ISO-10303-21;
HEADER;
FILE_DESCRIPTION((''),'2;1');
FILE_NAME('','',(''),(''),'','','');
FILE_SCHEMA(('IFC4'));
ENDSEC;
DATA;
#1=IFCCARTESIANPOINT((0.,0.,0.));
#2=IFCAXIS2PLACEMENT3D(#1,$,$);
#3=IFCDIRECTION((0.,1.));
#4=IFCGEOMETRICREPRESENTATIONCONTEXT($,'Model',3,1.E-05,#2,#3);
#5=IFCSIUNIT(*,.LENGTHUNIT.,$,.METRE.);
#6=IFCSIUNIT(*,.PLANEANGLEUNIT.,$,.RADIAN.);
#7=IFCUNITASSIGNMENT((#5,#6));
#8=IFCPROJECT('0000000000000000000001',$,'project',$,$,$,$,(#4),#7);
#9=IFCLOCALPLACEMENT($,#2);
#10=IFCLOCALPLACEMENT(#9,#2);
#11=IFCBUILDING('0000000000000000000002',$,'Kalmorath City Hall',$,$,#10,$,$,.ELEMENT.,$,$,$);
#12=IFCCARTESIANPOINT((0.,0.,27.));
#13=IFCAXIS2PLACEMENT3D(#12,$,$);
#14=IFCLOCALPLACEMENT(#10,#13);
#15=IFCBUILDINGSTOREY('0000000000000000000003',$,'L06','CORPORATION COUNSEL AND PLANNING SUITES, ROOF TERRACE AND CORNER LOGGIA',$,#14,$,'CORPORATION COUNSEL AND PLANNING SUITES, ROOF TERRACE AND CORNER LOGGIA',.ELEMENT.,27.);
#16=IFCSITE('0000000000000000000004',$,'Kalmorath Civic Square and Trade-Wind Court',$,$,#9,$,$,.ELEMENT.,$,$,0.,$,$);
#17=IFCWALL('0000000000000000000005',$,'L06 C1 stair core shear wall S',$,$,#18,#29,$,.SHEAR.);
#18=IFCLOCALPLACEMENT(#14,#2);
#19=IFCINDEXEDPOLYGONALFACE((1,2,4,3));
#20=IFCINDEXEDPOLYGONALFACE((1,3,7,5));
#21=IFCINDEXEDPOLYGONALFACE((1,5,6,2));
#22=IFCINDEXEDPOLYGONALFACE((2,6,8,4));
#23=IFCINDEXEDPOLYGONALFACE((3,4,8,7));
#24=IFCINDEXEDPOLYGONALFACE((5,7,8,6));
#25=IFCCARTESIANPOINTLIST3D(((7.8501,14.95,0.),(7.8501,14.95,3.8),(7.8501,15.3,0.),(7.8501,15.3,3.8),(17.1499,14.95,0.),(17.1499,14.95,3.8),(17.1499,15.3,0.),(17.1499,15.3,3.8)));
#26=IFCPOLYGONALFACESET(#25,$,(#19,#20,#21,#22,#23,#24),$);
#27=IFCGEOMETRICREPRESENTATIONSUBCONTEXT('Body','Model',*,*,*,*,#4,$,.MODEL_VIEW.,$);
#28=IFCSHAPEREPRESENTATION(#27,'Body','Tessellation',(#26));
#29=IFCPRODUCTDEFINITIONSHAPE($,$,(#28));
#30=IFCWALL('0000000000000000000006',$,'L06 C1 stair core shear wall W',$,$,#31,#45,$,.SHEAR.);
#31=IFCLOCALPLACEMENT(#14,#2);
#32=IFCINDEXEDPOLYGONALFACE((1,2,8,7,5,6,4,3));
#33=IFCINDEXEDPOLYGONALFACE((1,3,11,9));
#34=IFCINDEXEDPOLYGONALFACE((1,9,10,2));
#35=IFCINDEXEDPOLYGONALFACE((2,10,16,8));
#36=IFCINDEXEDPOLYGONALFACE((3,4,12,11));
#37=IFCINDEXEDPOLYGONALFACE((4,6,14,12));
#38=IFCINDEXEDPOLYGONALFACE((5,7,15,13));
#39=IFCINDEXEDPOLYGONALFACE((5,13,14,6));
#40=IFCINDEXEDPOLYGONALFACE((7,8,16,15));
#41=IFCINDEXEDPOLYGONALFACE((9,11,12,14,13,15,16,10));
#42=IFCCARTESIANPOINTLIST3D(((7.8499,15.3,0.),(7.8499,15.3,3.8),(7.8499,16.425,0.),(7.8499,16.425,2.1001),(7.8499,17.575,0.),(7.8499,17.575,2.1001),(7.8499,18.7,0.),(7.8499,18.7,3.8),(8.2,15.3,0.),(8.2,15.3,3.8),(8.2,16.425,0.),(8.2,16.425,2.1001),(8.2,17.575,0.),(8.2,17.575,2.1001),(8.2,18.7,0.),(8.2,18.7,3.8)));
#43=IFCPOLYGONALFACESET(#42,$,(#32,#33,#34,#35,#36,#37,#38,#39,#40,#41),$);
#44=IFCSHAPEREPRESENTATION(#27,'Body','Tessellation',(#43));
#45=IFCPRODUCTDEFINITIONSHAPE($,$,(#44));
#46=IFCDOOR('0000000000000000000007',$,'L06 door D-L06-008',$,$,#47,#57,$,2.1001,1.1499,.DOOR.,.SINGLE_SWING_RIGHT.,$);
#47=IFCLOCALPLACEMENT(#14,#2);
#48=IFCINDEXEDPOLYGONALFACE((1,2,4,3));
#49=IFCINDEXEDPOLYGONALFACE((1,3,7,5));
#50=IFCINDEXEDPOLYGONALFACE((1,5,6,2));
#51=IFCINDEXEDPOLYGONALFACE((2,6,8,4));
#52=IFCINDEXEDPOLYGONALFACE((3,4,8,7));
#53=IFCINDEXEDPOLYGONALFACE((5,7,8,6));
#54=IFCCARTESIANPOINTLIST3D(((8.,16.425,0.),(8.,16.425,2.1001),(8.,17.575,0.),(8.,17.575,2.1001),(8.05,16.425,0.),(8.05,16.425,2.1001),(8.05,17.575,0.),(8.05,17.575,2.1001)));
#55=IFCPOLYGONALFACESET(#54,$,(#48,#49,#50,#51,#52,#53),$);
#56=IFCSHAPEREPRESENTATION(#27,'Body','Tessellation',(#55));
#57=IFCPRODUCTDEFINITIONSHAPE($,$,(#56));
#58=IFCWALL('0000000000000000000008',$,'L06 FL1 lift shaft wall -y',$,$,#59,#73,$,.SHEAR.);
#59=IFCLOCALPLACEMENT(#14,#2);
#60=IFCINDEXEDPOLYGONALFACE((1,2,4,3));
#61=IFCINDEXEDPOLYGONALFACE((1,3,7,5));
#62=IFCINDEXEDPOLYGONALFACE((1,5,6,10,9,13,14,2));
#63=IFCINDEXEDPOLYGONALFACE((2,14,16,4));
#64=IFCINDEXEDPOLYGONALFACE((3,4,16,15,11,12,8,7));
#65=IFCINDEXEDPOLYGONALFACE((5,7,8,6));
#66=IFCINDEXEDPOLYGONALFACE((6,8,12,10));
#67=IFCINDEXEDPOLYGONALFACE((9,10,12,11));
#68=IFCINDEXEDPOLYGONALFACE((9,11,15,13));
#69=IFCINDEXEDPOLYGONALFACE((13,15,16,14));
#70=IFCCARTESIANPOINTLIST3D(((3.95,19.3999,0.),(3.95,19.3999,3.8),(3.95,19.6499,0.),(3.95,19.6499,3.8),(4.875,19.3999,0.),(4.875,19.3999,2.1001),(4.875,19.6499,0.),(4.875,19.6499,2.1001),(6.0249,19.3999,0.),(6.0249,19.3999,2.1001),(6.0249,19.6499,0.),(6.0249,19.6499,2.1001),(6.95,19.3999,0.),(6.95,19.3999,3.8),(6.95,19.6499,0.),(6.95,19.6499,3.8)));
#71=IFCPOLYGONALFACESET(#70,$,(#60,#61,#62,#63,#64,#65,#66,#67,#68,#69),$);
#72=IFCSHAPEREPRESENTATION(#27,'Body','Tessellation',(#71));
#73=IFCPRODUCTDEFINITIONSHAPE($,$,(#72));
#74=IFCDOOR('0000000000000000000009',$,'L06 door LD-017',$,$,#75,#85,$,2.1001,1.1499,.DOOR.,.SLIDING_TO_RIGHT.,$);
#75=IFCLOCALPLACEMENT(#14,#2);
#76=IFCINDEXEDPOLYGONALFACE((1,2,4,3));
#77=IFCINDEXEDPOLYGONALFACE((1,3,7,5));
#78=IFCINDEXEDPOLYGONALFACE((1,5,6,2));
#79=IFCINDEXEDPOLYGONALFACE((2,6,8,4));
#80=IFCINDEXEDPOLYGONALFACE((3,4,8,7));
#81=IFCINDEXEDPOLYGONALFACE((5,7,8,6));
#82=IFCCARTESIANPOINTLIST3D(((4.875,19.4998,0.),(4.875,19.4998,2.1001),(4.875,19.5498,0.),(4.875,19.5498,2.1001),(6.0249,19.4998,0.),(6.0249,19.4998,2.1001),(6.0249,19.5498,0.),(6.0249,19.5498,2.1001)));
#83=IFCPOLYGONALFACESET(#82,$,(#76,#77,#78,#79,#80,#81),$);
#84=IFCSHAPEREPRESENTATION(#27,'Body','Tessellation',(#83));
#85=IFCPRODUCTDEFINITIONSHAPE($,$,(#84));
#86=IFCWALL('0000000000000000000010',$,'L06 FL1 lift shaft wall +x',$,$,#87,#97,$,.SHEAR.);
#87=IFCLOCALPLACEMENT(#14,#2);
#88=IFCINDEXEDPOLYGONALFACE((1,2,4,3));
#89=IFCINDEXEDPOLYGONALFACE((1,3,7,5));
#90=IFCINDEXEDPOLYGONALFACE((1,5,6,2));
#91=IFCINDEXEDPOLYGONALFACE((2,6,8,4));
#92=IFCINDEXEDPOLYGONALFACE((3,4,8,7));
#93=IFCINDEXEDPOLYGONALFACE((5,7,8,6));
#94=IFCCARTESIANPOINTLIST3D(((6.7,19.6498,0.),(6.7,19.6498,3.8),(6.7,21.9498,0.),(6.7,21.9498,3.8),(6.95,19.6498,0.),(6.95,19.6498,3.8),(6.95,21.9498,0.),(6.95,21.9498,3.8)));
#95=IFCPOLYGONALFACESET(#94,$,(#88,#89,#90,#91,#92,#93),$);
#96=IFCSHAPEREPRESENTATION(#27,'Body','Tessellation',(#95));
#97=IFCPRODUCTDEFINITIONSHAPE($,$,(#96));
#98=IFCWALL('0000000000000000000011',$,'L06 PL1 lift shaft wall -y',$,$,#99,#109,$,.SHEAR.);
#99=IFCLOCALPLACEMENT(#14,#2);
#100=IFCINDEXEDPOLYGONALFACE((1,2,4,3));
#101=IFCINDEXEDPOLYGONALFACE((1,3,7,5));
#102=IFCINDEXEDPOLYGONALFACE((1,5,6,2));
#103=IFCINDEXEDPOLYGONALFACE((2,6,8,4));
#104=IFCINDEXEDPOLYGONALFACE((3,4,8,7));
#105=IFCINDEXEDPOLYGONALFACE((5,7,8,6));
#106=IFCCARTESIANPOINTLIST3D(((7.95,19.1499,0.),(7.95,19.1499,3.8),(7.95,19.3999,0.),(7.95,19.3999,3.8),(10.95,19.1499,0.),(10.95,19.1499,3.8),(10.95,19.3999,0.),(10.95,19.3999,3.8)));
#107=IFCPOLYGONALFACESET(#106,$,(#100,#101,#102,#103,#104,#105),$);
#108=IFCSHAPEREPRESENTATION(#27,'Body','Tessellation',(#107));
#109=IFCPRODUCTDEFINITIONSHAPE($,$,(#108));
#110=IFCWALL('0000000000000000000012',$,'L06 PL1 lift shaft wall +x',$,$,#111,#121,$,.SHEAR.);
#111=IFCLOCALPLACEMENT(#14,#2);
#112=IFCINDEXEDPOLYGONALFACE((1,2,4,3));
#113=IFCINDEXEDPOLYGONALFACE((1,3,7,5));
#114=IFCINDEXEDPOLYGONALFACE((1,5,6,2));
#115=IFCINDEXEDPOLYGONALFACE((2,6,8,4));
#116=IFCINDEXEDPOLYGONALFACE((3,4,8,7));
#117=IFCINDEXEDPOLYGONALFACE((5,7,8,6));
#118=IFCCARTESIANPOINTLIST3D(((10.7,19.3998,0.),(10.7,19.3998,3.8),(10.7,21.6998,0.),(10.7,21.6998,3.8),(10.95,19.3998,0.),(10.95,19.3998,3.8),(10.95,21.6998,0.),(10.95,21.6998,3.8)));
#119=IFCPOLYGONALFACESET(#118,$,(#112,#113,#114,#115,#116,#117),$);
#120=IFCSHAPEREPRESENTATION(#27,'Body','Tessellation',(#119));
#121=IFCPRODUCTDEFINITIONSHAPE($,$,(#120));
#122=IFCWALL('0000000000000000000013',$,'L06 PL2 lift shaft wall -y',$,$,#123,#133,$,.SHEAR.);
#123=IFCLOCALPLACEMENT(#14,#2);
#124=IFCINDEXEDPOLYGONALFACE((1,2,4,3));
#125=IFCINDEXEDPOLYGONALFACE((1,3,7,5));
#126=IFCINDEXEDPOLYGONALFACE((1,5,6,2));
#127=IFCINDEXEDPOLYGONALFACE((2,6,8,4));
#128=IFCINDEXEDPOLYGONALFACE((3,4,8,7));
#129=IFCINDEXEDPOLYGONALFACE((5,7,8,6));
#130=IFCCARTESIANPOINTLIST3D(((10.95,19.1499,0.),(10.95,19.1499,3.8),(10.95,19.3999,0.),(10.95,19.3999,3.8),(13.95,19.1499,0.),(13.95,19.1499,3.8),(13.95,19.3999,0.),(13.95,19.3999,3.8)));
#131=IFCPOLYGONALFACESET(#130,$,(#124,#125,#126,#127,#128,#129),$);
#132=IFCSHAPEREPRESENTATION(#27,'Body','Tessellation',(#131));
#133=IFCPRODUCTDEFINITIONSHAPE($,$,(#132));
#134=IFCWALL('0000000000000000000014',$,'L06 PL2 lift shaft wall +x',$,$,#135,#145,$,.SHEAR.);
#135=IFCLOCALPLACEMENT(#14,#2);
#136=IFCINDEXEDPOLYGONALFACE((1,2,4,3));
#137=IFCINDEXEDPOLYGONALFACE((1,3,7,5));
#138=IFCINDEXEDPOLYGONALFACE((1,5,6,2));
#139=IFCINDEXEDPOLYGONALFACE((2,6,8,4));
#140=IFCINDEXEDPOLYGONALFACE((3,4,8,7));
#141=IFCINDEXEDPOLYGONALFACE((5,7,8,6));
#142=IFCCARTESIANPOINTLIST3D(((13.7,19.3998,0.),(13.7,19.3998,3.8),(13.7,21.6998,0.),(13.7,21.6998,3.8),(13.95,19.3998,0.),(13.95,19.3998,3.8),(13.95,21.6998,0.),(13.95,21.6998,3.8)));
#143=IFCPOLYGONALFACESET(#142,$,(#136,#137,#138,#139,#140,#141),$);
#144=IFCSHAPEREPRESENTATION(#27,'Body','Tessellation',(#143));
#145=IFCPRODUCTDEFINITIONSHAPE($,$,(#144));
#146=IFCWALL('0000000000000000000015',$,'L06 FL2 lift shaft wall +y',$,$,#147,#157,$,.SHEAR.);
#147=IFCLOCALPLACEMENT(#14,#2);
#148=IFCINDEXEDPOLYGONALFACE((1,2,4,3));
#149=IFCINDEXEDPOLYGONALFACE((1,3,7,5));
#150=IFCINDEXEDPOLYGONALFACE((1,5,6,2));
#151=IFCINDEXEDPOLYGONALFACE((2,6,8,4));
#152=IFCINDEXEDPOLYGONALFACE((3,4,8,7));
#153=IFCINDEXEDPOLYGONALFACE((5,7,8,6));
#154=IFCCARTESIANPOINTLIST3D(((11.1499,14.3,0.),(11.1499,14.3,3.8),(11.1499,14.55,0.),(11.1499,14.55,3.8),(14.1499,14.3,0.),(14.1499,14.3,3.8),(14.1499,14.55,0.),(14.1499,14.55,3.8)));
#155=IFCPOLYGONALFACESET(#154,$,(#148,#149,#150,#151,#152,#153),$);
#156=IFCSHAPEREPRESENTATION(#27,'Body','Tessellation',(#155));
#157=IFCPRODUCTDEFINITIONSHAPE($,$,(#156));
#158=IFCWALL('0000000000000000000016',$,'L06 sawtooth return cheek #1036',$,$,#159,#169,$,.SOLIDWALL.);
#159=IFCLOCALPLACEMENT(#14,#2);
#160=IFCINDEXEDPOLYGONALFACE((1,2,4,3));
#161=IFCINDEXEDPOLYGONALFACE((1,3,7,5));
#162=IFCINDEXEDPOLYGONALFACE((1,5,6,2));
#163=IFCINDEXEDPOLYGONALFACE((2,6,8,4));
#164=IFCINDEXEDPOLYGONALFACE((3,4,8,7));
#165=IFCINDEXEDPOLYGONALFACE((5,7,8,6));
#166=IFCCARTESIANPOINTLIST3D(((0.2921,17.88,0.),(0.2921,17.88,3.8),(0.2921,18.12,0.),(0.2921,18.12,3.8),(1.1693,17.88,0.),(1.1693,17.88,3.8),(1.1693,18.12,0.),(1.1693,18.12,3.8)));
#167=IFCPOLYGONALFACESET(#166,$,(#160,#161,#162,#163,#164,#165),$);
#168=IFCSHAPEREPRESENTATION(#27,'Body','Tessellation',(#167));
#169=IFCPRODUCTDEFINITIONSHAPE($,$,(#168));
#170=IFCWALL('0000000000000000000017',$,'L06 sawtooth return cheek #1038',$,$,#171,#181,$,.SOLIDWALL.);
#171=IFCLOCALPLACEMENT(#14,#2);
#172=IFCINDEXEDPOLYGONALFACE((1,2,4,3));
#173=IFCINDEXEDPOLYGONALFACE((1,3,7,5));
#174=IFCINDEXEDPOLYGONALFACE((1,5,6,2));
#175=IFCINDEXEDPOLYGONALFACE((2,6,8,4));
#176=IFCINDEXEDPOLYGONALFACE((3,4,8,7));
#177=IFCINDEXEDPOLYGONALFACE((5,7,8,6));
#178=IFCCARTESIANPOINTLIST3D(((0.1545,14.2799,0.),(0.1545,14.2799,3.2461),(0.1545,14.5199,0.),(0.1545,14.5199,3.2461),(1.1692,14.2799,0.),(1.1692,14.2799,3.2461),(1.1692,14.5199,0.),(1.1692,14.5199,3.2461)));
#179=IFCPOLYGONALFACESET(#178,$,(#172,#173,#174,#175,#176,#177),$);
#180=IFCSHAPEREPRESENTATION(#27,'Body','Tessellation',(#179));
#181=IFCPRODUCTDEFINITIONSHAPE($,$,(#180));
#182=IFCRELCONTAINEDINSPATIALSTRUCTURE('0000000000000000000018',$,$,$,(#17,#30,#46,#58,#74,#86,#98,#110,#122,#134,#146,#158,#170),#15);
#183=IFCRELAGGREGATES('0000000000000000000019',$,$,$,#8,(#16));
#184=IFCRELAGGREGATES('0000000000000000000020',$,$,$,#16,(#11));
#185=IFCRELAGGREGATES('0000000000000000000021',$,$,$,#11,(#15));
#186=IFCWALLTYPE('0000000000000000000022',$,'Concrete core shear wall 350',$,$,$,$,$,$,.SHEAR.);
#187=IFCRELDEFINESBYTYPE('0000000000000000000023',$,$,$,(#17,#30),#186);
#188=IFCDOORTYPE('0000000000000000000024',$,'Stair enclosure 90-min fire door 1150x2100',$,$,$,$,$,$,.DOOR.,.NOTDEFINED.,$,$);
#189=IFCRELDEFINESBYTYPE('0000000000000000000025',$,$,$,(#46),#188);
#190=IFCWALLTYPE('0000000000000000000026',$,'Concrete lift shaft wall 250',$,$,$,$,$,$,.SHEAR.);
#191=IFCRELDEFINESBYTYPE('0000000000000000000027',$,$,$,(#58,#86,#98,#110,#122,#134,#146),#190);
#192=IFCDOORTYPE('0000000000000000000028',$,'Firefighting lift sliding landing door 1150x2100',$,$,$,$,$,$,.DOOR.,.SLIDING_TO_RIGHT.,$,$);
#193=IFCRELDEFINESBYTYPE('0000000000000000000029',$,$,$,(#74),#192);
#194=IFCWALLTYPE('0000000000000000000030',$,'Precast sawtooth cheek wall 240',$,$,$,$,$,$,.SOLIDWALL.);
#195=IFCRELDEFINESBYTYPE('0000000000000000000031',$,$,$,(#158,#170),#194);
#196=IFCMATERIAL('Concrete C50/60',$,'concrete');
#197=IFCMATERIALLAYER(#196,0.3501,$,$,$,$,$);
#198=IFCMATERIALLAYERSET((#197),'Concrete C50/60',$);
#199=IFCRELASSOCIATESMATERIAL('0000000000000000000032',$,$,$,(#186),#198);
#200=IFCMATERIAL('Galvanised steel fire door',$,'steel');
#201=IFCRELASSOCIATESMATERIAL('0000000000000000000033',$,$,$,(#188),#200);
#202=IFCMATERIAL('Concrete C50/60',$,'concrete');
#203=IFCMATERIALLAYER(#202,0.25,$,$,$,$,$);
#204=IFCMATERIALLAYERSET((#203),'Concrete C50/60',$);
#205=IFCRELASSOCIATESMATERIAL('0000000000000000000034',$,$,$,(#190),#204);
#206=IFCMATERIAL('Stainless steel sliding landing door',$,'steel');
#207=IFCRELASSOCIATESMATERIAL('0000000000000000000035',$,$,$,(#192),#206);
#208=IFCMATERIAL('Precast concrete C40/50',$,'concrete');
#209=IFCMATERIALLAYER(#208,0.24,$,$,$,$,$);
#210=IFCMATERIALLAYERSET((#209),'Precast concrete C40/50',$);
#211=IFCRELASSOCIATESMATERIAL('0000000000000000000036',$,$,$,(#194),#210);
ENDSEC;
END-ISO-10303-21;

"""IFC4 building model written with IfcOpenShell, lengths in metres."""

from ifc_helpers import new_model, si_unit, direction, frame, frame_2d, origin, place, context, subcontext, project, spatial, rectangle, extrude, material, layer, layer_set, type_object, element, fill, save


model = new_model("IFC4")

# Units and contexts
model_context = context("Model", 3, precision=1e-05, world=origin(), true_north=direction((0.0, 1.0)))
body_context = subcontext(model_context, "Body", "Model", "MODEL_VIEW")
ifc_project = project(units=[si_unit("LENGTHUNIT", "METRE"), si_unit("PLANEANGLEUNIT", "RADIAN")], contexts=[model_context])

# Site, building, storey
site_placement = place(None, origin())
site = spatial("IfcSite", under=ifc_project, at=site_placement, Name="Kalmorath Civic Square and Trade-Wind Court", CompositionType="ELEMENT", RefElevation=0.0)
building_placement = place(site_placement, origin())
building = spatial("IfcBuilding", under=site, at=building_placement, Name="Kalmorath City Hall", CompositionType="ELEMENT")
storey_placement = place(building_placement, frame((0.0, 0.0, 27.0)))
storey = spatial("IfcBuildingStorey", under=building, at=storey_placement, Name="L06", Description="CORPORATION COUNSEL AND PLANNING SUITES, ROOF TERRACE AND CORNER LOGGIA", LongName="CORPORATION COUNSEL AND PLANNING SUITES, ROOF TERRACE AND CORNER LOGGIA", CompositionType="ELEMENT", Elevation=27.0)

# Wall
ifc_material_1 = material(Name="Concrete C50/60", Category="concrete")
ifc_layer_1 = layer(ifc_material_1, 0.3501)
ifc_layer_set_1 = layer_set([ifc_layer_1], Name="Concrete C50/60")
wall_type_1 = type_object("IfcWallType", Name="Concrete core shear wall 350", PredefinedType="SHEAR", material=ifc_layer_set_1)
wall_1_placement = place(storey_placement, frame((7.8501, 15.125, 0.0), z_axis=(0.0, 0.0, 1.0), x_axis=(1.0, 0.0, 0.0)))
element("IfcWall", 1, at=wall_1_placement, inside=storey, type_object=wall_type_1, Name="L06 C1 stair core shear wall S", PredefinedType="SHEAR", context=body_context, shape_type="SweptSolid", body=[
    extrude(rectangle(XDim=9.2998, YDim=0.3501, at=frame_2d((4.6499, 0.0))), origin(), (0.0, 0.0, 1.0), 3.8),
])

# Walls, openings, doors
wall_2_placement = place(storey_placement, frame((8.0249, 18.7, 0.0), z_axis=(0.0, 0.0, 1.0), x_axis=(0.0, -1.0, 0.0)))
wall_2 = element("IfcWall", 2, at=wall_2_placement, inside=storey, type_object=wall_type_1, Name="L06 C1 stair core shear wall W", PredefinedType="SHEAR", context=body_context, shape_type="SweptSolid", body=[
    extrude(rectangle(XDim=3.3999, YDim=0.3501, at=frame_2d((1.7, 0.0))), origin(), (0.0, 0.0, 1.0), 3.8),
])
opening_1_placement = place(wall_2_placement, frame((1.125, 0.0, 0.0)))
opening_1 = element("IfcOpeningElement", 3, at=opening_1_placement, cuts=wall_2, PredefinedType="OPENING", context=body_context, shape_type="SweptSolid", body=[
    extrude(rectangle(XDim=1.1499, YDim=2.1001, at=frame_2d((0.575, 1.05))), frame((0.0, 0.1851, 0.0), z_axis=(0.0, -1.0, 0.0), x_axis=(1.0, 0.0, 0.0)), (0.0, 0.0, 1.0), 0.3701),
])
ifc_material_2 = material(Name="Galvanised steel fire door", Category="steel")
door_type_1 = type_object("IfcDoorType", Name="Stair enclosure 90-min fire door 1150x2100", OperationType="NOTDEFINED", PredefinedType="DOOR", material=ifc_material_2)
door_1_placement = place(opening_1_placement, frame((1.1499, 0.0, 0.0), z_axis=(0.0, 0.0, 1.0), x_axis=(-1.0, 0.0, 0.0)))
door_1 = element("IfcDoor", 4, at=door_1_placement, inside=storey, type_object=door_type_1, Name="L06 door D-L06-008", OperationType="SINGLE_SWING_RIGHT", OverallHeight=2.1001, OverallWidth=1.1499, PredefinedType="DOOR", context=body_context, shape_type="SweptSolid", body=[
    extrude(rectangle(XDim=1.1499, YDim=2.1001, at=frame_2d((0.575, 1.05))), frame((0.0, 0.0249, 0.0), z_axis=(0.0, -1.0, 0.0), x_axis=(1.0, 0.0, 0.0)), (0.0, 0.0, 1.0), 0.05),
])
fill(opening_1, door_1)
ifc_material_3 = material(Name="Concrete C50/60", Category="concrete")
ifc_layer_2 = layer(ifc_material_3, 0.25)
ifc_layer_set_2 = layer_set([ifc_layer_2], Name="Concrete C50/60")
wall_type_2 = type_object("IfcWallType", Name="Concrete lift shaft wall 250", PredefinedType="SHEAR", material=ifc_layer_set_2)
wall_3_placement = place(storey_placement, frame((3.95, 19.5249, 0.0), z_axis=(0.0, 0.0, 1.0), x_axis=(1.0, 0.0, 0.0)))
wall_3 = element("IfcWall", 5, at=wall_3_placement, inside=storey, type_object=wall_type_2, Name="L06 FL1 lift shaft wall -y", PredefinedType="SHEAR", context=body_context, shape_type="SweptSolid", body=[
    extrude(rectangle(XDim=3.0, YDim=0.25, at=frame_2d((1.5, 0.0))), origin(), (0.0, 0.0, 1.0), 3.8),
])
opening_2_placement = place(wall_3_placement, frame((0.925, 0.0, 0.0)))
opening_2 = element("IfcOpeningElement", 6, at=opening_2_placement, cuts=wall_3, PredefinedType="OPENING", context=body_context, shape_type="SweptSolid", body=[
    extrude(rectangle(XDim=1.1499, YDim=2.1001, at=frame_2d((0.575, 1.05))), frame((0.0, 0.135, 0.0), z_axis=(0.0, -1.0, 0.0), x_axis=(1.0, 0.0, 0.0)), (0.0, 0.0, 1.0), 0.27),
])
ifc_material_4 = material(Name="Stainless steel sliding landing door", Category="steel")
door_type_2 = type_object("IfcDoorType", Name="Firefighting lift sliding landing door 1150x2100", OperationType="SLIDING_TO_RIGHT", PredefinedType="DOOR", material=ifc_material_4)
door_2_placement = place(opening_2_placement, origin())
door_2 = element("IfcDoor", 7, at=door_2_placement, inside=storey, type_object=door_type_2, Name="L06 door LD-017", OperationType="SLIDING_TO_RIGHT", OverallHeight=2.1001, OverallWidth=1.1499, PredefinedType="DOOR", context=body_context, shape_type="SweptSolid", body=[
    extrude(rectangle(XDim=1.1499, YDim=2.1001, at=frame_2d((0.575, 1.05))), frame((0.0, 0.0249, 0.0), z_axis=(0.0, -1.0, 0.0), x_axis=(1.0, 0.0, 0.0)), (0.0, 0.0, 1.0), 0.05),
])
fill(opening_2, door_2)

# Walls
wall_4_placement = place(storey_placement, frame((6.825, 19.6499, 0.0), z_axis=(0.0, 0.0, 1.0), x_axis=(0.0, 1.0, 0.0)))
element("IfcWall", 8, at=wall_4_placement, inside=storey, type_object=wall_type_2, Name="L06 FL1 lift shaft wall +x", PredefinedType="SHEAR", context=body_context, shape_type="SweptSolid", body=[
    extrude(rectangle(XDim=2.3, YDim=0.25, at=frame_2d((1.1499, 0.0))), origin(), (0.0, 0.0, 1.0), 3.8),
])
wall_5_placement = place(storey_placement, frame((7.95, 19.2749, 0.0), z_axis=(0.0, 0.0, 1.0), x_axis=(1.0, 0.0, 0.0)))
element("IfcWall", 9, at=wall_5_placement, inside=storey, type_object=wall_type_2, Name="L06 PL1 lift shaft wall -y", PredefinedType="SHEAR", context=body_context, shape_type="SweptSolid", body=[
    extrude(rectangle(XDim=3.0, YDim=0.25, at=frame_2d((1.5, 0.0))), origin(), (0.0, 0.0, 1.0), 3.8),
])
wall_6_placement = place(storey_placement, frame((10.825, 19.3999, 0.0), z_axis=(0.0, 0.0, 1.0), x_axis=(0.0, 1.0, 0.0)))
element("IfcWall", 10, at=wall_6_placement, inside=storey, type_object=wall_type_2, Name="L06 PL1 lift shaft wall +x", PredefinedType="SHEAR", context=body_context, shape_type="SweptSolid", body=[
    extrude(rectangle(XDim=2.3, YDim=0.25, at=frame_2d((1.1499, 0.0))), origin(), (0.0, 0.0, 1.0), 3.8),
])
wall_7_placement = place(storey_placement, frame((10.95, 19.2749, 0.0), z_axis=(0.0, 0.0, 1.0), x_axis=(1.0, 0.0, 0.0)))
element("IfcWall", 11, at=wall_7_placement, inside=storey, type_object=wall_type_2, Name="L06 PL2 lift shaft wall -y", PredefinedType="SHEAR", context=body_context, shape_type="SweptSolid", body=[
    extrude(rectangle(XDim=3.0, YDim=0.25, at=frame_2d((1.5, 0.0))), origin(), (0.0, 0.0, 1.0), 3.8),
])
wall_8_placement = place(storey_placement, frame((13.825, 19.3999, 0.0), z_axis=(0.0, 0.0, 1.0), x_axis=(0.0, 1.0, 0.0)))
element("IfcWall", 12, at=wall_8_placement, inside=storey, type_object=wall_type_2, Name="L06 PL2 lift shaft wall +x", PredefinedType="SHEAR", context=body_context, shape_type="SweptSolid", body=[
    extrude(rectangle(XDim=2.3, YDim=0.25, at=frame_2d((1.1499, 0.0))), origin(), (0.0, 0.0, 1.0), 3.8),
])
wall_9_placement = place(storey_placement, frame((14.1499, 14.425, 0.0), z_axis=(0.0, 0.0, 1.0), x_axis=(-1.0, 0.0, 0.0)))
element("IfcWall", 13, at=wall_9_placement, inside=storey, type_object=wall_type_2, Name="L06 FL2 lift shaft wall +y", PredefinedType="SHEAR", context=body_context, shape_type="SweptSolid", body=[
    extrude(rectangle(XDim=3.0, YDim=0.25, at=frame_2d((1.5, 0.0))), origin(), (0.0, 0.0, 1.0), 3.8),
])
ifc_material_5 = material(Name="Precast concrete C40/50", Category="concrete")
ifc_layer_3 = layer(ifc_material_5, 0.24)
ifc_layer_set_3 = layer_set([ifc_layer_3], Name="Precast concrete C40/50")
wall_type_3 = type_object("IfcWallType", Name="Precast sawtooth cheek wall 240", PredefinedType="SOLIDWALL", material=ifc_layer_set_3)
wall_10_placement = place(storey_placement, frame((1.1692, 18.0, 0.0), z_axis=(0.0, 0.0, 1.0), x_axis=(-1.0, 0.0, 0.0)))
element("IfcWall", 14, at=wall_10_placement, inside=storey, type_object=wall_type_3, Name="L06 sawtooth return cheek #1036", PredefinedType="SOLIDWALL", context=body_context, shape_type="SweptSolid", body=[
    extrude(rectangle(XDim=0.8772, YDim=0.24, at=frame_2d((0.4385, 0.0))), origin(), (0.0, 0.0, 1.0), 3.8),
])
wall_11_placement = place(storey_placement, frame((1.1692, 14.3999, 0.0), z_axis=(0.0, 0.0, 1.0), x_axis=(-1.0, 0.0, 0.0)))
element("IfcWall", 15, at=wall_11_placement, inside=storey, type_object=wall_type_3, Name="L06 sawtooth return cheek #1038", PredefinedType="SOLIDWALL", context=body_context, shape_type="SweptSolid", body=[
    extrude(rectangle(XDim=1.0146, YDim=0.24, at=frame_2d((0.5073, 0.0))), origin(), (0.0, 0.0, 1.0), 3.2461),
])

save(model, "model.ifc")
